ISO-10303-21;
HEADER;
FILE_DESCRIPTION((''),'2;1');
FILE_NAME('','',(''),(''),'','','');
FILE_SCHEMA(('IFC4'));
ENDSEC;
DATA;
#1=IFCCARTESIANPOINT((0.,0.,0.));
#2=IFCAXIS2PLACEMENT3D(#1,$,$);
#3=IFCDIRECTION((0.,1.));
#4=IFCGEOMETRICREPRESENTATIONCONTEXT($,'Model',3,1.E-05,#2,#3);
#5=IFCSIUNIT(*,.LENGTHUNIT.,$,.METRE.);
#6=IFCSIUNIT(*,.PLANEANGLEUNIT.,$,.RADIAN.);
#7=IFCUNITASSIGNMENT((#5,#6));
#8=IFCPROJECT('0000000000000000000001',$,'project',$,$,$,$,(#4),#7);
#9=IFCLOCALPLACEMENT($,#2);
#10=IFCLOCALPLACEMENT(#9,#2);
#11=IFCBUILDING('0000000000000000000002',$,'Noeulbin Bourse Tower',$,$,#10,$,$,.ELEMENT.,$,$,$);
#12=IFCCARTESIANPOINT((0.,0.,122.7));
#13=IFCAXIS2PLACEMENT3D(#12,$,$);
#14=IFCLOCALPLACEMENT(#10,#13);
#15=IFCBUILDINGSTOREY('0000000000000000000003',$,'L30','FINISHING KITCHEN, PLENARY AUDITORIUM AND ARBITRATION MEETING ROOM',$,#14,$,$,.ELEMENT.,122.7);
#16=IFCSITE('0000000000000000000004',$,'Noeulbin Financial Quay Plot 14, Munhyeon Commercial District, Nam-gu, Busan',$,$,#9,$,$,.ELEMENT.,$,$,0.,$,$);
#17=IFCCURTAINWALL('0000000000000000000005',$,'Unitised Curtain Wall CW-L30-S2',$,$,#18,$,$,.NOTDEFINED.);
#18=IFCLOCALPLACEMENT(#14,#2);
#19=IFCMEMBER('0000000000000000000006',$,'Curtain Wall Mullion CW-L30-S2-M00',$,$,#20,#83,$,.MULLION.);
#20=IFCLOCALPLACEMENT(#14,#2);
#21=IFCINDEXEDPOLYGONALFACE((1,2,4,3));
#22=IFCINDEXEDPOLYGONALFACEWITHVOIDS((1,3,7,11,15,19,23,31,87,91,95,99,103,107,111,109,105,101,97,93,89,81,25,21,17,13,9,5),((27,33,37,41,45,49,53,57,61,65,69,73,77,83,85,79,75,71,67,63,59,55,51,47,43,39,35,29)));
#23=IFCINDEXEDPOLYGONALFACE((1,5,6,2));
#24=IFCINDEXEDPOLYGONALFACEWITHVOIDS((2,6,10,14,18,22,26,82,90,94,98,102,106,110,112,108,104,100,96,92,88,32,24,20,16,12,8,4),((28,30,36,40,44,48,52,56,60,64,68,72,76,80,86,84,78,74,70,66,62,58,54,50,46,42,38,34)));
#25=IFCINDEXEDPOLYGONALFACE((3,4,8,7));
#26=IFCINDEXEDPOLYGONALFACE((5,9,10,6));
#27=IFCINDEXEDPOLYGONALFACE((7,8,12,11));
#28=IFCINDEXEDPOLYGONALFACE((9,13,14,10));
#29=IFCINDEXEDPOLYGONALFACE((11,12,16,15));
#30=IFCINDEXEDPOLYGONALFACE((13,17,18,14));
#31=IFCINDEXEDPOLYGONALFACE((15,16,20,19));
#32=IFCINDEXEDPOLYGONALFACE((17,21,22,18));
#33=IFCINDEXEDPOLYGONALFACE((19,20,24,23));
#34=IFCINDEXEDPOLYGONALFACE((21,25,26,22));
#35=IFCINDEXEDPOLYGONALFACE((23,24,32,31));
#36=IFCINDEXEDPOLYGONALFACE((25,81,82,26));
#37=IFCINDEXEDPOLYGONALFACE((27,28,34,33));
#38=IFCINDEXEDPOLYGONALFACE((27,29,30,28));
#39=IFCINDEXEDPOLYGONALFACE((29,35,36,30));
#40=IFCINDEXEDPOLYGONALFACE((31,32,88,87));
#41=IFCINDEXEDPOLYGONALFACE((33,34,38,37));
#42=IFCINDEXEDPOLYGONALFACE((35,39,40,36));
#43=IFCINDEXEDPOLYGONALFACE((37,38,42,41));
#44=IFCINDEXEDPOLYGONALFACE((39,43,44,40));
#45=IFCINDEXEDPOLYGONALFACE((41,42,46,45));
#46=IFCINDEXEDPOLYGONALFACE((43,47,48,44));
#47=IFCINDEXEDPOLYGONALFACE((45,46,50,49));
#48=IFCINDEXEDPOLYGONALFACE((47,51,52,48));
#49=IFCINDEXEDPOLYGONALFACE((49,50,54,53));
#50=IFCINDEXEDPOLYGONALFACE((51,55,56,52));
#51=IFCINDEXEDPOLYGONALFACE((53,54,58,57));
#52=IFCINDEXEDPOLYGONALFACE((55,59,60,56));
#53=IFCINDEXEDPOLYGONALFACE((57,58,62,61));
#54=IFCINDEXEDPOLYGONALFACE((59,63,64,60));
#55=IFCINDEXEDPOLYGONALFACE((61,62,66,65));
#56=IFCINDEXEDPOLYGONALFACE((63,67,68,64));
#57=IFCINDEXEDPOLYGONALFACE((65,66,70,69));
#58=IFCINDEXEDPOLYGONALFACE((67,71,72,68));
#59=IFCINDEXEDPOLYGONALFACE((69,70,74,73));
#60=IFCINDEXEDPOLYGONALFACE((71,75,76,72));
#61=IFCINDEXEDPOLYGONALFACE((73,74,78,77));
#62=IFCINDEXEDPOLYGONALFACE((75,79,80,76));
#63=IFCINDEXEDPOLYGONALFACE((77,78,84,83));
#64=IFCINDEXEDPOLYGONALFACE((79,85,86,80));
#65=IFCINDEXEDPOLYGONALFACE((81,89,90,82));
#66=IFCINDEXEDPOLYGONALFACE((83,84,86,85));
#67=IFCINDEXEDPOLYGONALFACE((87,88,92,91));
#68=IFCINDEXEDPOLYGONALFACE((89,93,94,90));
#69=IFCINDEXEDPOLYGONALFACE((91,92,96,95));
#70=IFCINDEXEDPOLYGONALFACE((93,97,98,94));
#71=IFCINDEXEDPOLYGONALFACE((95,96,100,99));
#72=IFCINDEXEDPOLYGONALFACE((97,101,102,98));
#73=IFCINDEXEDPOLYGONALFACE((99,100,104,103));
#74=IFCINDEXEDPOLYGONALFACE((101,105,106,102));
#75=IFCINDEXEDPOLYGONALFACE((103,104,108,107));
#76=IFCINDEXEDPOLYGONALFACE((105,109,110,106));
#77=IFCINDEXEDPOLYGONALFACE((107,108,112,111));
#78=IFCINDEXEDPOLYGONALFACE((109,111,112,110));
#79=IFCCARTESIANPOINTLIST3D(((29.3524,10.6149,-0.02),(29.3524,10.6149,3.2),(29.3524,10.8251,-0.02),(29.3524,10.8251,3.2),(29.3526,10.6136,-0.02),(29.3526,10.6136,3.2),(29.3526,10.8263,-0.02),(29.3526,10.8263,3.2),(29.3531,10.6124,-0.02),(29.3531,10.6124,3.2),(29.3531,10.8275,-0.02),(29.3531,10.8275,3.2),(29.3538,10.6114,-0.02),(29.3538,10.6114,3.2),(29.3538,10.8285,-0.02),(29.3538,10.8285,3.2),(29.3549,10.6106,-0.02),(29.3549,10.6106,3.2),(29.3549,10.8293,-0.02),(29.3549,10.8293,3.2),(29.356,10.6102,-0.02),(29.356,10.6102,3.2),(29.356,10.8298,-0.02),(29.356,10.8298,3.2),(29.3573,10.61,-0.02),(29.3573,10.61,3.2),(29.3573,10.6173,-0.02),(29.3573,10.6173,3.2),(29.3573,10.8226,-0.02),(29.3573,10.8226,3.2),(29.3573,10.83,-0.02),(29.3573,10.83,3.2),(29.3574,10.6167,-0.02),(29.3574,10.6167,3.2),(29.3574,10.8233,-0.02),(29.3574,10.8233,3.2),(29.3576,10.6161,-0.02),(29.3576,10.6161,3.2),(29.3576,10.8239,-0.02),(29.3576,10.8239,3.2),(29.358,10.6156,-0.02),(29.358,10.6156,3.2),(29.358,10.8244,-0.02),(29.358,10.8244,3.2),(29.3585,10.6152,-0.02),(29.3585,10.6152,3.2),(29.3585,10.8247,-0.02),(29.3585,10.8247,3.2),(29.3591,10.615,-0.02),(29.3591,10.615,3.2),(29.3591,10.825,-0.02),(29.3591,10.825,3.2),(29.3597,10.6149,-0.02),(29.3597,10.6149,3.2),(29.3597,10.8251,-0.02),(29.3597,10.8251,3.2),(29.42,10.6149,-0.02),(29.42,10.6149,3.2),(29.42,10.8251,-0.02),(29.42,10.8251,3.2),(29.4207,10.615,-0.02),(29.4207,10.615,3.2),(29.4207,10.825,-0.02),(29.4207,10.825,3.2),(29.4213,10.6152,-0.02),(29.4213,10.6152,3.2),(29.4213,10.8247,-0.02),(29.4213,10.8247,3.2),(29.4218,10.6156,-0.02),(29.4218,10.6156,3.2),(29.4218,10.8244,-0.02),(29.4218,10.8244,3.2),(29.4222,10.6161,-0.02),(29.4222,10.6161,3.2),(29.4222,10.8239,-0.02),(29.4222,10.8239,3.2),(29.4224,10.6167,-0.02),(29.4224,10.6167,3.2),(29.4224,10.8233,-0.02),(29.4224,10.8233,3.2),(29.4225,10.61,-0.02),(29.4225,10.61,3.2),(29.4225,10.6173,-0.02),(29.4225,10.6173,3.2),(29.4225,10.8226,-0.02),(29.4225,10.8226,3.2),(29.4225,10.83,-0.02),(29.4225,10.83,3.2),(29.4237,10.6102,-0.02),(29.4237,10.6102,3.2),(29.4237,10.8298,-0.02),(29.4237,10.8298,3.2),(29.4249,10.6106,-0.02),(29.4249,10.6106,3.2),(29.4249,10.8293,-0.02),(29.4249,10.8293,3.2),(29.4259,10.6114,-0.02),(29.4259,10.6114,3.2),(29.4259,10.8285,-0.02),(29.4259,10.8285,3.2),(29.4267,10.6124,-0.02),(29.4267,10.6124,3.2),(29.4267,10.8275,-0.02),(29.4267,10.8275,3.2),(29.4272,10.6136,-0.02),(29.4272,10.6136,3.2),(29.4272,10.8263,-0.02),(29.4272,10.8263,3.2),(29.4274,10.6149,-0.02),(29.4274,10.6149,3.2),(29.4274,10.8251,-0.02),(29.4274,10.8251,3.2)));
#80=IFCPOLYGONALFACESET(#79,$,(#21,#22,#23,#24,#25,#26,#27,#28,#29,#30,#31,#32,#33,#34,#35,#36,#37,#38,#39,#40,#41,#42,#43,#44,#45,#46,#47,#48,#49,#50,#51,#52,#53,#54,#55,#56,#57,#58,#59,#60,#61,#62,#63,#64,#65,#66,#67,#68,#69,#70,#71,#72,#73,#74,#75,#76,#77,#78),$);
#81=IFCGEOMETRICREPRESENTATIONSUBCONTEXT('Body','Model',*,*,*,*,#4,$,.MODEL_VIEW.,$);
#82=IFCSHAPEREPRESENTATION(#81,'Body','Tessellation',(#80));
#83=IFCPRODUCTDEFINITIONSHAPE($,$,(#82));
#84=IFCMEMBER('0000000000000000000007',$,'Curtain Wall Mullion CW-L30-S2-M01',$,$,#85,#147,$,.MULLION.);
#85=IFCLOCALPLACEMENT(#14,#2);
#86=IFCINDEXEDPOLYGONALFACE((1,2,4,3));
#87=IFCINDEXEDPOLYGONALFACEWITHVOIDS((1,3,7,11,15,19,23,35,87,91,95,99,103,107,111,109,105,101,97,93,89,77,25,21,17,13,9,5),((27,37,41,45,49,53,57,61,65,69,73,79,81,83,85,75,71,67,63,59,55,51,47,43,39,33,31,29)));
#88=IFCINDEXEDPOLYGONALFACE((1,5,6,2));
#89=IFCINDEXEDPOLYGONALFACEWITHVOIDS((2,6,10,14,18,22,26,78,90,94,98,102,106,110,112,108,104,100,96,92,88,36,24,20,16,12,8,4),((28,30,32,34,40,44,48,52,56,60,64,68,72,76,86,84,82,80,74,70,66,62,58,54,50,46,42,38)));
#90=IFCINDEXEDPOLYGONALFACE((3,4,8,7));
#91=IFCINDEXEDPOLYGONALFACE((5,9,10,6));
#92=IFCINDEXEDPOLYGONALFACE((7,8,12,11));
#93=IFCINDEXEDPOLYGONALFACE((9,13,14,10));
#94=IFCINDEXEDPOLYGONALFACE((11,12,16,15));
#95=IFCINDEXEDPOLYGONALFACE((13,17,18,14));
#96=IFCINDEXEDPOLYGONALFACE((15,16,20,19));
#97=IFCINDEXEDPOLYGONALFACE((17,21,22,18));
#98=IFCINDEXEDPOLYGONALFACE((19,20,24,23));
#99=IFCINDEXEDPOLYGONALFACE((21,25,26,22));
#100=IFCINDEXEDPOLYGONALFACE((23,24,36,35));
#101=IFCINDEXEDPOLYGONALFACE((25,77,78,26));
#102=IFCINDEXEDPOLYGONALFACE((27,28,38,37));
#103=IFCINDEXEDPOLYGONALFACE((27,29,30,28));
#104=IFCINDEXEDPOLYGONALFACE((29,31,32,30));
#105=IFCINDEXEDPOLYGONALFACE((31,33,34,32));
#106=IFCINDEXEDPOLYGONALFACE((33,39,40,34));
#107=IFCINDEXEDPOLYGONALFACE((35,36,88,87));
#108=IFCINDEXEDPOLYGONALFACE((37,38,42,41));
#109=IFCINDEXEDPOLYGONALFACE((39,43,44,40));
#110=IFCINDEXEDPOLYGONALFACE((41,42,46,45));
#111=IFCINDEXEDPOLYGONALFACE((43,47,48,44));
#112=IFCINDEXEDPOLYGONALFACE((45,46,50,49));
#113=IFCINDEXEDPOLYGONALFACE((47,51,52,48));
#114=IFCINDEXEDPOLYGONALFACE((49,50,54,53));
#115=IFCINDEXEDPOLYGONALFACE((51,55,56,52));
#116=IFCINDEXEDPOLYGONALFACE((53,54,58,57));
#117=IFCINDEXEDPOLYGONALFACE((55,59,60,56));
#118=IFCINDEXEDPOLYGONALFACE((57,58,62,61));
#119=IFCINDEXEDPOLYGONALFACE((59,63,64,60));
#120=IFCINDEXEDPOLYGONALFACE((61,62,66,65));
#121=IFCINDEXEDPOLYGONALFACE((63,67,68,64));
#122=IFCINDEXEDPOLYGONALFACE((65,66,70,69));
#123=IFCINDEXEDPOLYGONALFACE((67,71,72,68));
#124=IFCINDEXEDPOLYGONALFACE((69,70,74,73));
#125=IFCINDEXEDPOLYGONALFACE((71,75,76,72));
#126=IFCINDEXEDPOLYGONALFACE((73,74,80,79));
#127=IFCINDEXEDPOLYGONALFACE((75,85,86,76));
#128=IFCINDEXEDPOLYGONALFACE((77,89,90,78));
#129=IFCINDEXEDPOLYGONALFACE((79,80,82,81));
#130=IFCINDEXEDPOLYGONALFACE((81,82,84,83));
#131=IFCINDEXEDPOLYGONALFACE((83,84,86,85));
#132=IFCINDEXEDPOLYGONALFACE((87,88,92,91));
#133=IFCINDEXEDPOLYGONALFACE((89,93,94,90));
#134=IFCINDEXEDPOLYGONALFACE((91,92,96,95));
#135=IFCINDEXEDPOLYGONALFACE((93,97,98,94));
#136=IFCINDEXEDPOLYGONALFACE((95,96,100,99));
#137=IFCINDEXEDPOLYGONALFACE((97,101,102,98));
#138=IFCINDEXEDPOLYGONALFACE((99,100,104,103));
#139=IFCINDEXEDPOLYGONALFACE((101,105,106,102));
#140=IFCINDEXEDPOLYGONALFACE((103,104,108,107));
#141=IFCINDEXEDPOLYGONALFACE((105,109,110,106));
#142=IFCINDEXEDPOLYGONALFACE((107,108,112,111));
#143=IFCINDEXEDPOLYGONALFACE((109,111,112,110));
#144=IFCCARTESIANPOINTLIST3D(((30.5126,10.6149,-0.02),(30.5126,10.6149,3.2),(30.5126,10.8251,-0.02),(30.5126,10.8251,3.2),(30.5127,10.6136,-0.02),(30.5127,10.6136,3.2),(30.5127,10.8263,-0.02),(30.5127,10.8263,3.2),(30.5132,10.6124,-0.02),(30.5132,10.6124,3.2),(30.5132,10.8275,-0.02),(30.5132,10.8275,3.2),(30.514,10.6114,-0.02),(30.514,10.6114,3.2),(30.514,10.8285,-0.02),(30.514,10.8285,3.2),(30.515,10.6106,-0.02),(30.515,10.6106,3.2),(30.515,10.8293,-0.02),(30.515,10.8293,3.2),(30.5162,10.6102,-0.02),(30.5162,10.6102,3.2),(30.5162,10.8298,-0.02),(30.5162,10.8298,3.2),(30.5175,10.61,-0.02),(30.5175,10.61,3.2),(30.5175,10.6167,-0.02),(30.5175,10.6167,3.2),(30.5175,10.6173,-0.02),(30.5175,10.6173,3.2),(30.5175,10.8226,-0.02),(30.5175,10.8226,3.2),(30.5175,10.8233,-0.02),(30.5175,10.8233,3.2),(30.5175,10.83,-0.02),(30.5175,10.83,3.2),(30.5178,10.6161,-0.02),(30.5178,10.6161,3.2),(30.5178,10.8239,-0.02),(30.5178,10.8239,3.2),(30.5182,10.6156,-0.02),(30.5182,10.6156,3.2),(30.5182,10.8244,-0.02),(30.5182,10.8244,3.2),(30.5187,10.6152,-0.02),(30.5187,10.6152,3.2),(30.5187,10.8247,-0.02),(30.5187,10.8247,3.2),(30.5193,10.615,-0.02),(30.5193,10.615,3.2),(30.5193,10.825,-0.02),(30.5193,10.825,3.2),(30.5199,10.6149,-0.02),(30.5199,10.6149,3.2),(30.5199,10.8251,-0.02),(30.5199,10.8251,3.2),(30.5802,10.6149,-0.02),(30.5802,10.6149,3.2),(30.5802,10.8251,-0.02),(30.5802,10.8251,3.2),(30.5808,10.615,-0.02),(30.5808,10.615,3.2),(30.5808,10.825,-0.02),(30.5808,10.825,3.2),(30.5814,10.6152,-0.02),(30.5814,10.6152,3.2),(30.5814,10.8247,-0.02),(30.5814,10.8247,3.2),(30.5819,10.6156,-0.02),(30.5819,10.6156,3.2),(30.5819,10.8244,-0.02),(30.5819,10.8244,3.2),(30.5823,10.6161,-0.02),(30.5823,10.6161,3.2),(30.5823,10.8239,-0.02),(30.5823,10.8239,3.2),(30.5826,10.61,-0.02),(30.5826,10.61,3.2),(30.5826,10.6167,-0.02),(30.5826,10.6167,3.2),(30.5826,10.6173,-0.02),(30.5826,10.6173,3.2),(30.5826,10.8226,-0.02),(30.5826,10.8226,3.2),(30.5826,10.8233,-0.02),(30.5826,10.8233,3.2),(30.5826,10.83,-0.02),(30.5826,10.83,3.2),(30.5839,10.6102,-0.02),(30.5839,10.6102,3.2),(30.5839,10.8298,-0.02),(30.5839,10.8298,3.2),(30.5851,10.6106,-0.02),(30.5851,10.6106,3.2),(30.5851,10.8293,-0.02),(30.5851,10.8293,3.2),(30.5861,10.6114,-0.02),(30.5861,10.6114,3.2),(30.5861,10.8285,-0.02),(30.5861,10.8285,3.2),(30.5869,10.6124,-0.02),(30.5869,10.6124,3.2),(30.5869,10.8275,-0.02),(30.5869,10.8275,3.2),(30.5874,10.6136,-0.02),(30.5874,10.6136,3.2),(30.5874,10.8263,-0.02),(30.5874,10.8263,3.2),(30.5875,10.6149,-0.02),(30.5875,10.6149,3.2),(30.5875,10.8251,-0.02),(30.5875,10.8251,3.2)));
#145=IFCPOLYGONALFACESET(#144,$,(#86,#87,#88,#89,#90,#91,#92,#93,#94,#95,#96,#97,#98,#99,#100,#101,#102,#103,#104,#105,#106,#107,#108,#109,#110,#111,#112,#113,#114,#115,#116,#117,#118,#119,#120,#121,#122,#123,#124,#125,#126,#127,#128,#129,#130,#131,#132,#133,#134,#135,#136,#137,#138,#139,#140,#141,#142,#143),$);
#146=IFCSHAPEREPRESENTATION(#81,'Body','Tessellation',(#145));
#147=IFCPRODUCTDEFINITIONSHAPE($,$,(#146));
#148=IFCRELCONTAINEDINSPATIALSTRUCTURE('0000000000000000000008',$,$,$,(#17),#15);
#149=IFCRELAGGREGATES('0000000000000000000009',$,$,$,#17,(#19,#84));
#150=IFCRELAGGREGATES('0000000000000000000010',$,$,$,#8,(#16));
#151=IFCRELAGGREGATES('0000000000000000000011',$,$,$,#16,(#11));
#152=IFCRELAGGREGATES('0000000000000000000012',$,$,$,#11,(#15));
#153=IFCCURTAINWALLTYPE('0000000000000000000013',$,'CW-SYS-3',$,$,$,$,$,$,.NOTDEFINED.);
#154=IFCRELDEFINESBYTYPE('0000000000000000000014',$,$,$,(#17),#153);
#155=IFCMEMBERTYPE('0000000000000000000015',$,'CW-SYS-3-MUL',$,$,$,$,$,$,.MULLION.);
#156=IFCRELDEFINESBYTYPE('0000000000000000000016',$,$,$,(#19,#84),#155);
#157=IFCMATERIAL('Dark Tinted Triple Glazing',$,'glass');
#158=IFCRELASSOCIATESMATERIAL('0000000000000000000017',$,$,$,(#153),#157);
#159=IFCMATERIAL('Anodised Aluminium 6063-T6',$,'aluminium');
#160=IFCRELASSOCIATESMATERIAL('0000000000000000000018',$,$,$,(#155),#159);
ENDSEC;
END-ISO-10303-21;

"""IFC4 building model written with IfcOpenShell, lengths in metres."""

from ifc_helpers import new_model, si_unit, direction, frame, origin, origin_2d, place, context, subcontext, project, spatial, hollow_rectangle, extrude, material, material_profile, profile_set, type_object, element, aggregate, save


model = new_model("IFC4")

# Units and contexts
model_context = context("Model", 3, precision=1e-05, world=origin(), true_north=direction((0.0, 1.0)))
body_context = subcontext(model_context, "Body", "Model", "MODEL_VIEW")
ifc_project = project(units=[si_unit("LENGTHUNIT", "METRE"), si_unit("PLANEANGLEUNIT", "RADIAN")], contexts=[model_context])

# Site, building, storey
site_placement = place(None, origin())
site = spatial("IfcSite", under=ifc_project, at=site_placement, Name="Noeulbin Financial Quay Plot 14, Munhyeon Commercial District, Nam-gu, Busan", CompositionType="ELEMENT", RefElevation=0.0)
building_placement = place(site_placement, origin())
building = spatial("IfcBuilding", under=site, at=building_placement, Name="Noeulbin Bourse Tower", CompositionType="ELEMENT")
storey_placement = place(building_placement, frame((0.0, 0.0, 122.7)))
storey = spatial("IfcBuildingStorey", under=building, at=storey_placement, Name="L30", Description="FINISHING KITCHEN, PLENARY AUDITORIUM AND ARBITRATION MEETING ROOM", CompositionType="ELEMENT", Elevation=122.7)

# Curtain wall, members
ifc_material_1 = material(Name="Dark Tinted Triple Glazing", Category="glass")
curtain_wall_type = type_object("IfcCurtainWallType", Name="CW-SYS-3", PredefinedType="NOTDEFINED", material=ifc_material_1)
curtain_wall_placement = place(storey_placement, origin())
curtain_wall = element("IfcCurtainWall", 1, at=curtain_wall_placement, inside=storey, type_object=curtain_wall_type, Name="Unitised Curtain Wall CW-L30-S2", PredefinedType="NOTDEFINED")
ifc_material_2 = material(Name="Anodised Aluminium 6063-T6", Category="aluminium")
ifc_material_profile_1 = material_profile(ifc_material_2, hollow_rectangle(XDim=0.075, YDim=0.22, WallThickness=0.0049, InnerFilletRadius=0.0024, OuterFilletRadius=0.0049, at=origin_2d()), Name="ALU-MULL-75x220x5", Category="LoadBearing")
ifc_profile_set_1 = profile_set([ifc_material_profile_1], Name="Anodised Aluminium 6063-T6")
member_type_1 = type_object("IfcMemberType", Name="CW-SYS-3-MUL", PredefinedType="MULLION", material=ifc_profile_set_1)
member_1_placement = place(storey_placement, frame((29.3899, 10.72, -0.02), z_axis=(0.0, 0.0, 1.0), x_axis=(1.0, 0.0, 0.0)))
member_1 = element("IfcMember", 2, at=member_1_placement, type_object=member_type_1, Name="Curtain Wall Mullion CW-L30-S2-M00", PredefinedType="MULLION", context=body_context, shape_type="SweptSolid", body=[
    extrude(hollow_rectangle(XDim=0.075, YDim=0.22, WallThickness=0.0049, InnerFilletRadius=0.0024, OuterFilletRadius=0.0049, at=origin_2d()), origin(), (0.0, 0.0, 1.0), 3.22),
])
member_2_placement = place(storey_placement, frame((30.55, 10.72, -0.02), z_axis=(0.0, 0.0, 1.0), x_axis=(1.0, 0.0, 0.0)))
member_2 = element("IfcMember", 3, at=member_2_placement, type_object=member_type_1, Name="Curtain Wall Mullion CW-L30-S2-M01", PredefinedType="MULLION", context=body_context, shape_type="SweptSolid", body=[
    extrude(hollow_rectangle(XDim=0.075, YDim=0.22, WallThickness=0.0049, InnerFilletRadius=0.0024, OuterFilletRadius=0.0049, at=origin_2d()), origin(), (0.0, 0.0, 1.0), 3.22),
])
aggregate(curtain_wall, [member_1, member_2])

save(model, "model.ifc")
